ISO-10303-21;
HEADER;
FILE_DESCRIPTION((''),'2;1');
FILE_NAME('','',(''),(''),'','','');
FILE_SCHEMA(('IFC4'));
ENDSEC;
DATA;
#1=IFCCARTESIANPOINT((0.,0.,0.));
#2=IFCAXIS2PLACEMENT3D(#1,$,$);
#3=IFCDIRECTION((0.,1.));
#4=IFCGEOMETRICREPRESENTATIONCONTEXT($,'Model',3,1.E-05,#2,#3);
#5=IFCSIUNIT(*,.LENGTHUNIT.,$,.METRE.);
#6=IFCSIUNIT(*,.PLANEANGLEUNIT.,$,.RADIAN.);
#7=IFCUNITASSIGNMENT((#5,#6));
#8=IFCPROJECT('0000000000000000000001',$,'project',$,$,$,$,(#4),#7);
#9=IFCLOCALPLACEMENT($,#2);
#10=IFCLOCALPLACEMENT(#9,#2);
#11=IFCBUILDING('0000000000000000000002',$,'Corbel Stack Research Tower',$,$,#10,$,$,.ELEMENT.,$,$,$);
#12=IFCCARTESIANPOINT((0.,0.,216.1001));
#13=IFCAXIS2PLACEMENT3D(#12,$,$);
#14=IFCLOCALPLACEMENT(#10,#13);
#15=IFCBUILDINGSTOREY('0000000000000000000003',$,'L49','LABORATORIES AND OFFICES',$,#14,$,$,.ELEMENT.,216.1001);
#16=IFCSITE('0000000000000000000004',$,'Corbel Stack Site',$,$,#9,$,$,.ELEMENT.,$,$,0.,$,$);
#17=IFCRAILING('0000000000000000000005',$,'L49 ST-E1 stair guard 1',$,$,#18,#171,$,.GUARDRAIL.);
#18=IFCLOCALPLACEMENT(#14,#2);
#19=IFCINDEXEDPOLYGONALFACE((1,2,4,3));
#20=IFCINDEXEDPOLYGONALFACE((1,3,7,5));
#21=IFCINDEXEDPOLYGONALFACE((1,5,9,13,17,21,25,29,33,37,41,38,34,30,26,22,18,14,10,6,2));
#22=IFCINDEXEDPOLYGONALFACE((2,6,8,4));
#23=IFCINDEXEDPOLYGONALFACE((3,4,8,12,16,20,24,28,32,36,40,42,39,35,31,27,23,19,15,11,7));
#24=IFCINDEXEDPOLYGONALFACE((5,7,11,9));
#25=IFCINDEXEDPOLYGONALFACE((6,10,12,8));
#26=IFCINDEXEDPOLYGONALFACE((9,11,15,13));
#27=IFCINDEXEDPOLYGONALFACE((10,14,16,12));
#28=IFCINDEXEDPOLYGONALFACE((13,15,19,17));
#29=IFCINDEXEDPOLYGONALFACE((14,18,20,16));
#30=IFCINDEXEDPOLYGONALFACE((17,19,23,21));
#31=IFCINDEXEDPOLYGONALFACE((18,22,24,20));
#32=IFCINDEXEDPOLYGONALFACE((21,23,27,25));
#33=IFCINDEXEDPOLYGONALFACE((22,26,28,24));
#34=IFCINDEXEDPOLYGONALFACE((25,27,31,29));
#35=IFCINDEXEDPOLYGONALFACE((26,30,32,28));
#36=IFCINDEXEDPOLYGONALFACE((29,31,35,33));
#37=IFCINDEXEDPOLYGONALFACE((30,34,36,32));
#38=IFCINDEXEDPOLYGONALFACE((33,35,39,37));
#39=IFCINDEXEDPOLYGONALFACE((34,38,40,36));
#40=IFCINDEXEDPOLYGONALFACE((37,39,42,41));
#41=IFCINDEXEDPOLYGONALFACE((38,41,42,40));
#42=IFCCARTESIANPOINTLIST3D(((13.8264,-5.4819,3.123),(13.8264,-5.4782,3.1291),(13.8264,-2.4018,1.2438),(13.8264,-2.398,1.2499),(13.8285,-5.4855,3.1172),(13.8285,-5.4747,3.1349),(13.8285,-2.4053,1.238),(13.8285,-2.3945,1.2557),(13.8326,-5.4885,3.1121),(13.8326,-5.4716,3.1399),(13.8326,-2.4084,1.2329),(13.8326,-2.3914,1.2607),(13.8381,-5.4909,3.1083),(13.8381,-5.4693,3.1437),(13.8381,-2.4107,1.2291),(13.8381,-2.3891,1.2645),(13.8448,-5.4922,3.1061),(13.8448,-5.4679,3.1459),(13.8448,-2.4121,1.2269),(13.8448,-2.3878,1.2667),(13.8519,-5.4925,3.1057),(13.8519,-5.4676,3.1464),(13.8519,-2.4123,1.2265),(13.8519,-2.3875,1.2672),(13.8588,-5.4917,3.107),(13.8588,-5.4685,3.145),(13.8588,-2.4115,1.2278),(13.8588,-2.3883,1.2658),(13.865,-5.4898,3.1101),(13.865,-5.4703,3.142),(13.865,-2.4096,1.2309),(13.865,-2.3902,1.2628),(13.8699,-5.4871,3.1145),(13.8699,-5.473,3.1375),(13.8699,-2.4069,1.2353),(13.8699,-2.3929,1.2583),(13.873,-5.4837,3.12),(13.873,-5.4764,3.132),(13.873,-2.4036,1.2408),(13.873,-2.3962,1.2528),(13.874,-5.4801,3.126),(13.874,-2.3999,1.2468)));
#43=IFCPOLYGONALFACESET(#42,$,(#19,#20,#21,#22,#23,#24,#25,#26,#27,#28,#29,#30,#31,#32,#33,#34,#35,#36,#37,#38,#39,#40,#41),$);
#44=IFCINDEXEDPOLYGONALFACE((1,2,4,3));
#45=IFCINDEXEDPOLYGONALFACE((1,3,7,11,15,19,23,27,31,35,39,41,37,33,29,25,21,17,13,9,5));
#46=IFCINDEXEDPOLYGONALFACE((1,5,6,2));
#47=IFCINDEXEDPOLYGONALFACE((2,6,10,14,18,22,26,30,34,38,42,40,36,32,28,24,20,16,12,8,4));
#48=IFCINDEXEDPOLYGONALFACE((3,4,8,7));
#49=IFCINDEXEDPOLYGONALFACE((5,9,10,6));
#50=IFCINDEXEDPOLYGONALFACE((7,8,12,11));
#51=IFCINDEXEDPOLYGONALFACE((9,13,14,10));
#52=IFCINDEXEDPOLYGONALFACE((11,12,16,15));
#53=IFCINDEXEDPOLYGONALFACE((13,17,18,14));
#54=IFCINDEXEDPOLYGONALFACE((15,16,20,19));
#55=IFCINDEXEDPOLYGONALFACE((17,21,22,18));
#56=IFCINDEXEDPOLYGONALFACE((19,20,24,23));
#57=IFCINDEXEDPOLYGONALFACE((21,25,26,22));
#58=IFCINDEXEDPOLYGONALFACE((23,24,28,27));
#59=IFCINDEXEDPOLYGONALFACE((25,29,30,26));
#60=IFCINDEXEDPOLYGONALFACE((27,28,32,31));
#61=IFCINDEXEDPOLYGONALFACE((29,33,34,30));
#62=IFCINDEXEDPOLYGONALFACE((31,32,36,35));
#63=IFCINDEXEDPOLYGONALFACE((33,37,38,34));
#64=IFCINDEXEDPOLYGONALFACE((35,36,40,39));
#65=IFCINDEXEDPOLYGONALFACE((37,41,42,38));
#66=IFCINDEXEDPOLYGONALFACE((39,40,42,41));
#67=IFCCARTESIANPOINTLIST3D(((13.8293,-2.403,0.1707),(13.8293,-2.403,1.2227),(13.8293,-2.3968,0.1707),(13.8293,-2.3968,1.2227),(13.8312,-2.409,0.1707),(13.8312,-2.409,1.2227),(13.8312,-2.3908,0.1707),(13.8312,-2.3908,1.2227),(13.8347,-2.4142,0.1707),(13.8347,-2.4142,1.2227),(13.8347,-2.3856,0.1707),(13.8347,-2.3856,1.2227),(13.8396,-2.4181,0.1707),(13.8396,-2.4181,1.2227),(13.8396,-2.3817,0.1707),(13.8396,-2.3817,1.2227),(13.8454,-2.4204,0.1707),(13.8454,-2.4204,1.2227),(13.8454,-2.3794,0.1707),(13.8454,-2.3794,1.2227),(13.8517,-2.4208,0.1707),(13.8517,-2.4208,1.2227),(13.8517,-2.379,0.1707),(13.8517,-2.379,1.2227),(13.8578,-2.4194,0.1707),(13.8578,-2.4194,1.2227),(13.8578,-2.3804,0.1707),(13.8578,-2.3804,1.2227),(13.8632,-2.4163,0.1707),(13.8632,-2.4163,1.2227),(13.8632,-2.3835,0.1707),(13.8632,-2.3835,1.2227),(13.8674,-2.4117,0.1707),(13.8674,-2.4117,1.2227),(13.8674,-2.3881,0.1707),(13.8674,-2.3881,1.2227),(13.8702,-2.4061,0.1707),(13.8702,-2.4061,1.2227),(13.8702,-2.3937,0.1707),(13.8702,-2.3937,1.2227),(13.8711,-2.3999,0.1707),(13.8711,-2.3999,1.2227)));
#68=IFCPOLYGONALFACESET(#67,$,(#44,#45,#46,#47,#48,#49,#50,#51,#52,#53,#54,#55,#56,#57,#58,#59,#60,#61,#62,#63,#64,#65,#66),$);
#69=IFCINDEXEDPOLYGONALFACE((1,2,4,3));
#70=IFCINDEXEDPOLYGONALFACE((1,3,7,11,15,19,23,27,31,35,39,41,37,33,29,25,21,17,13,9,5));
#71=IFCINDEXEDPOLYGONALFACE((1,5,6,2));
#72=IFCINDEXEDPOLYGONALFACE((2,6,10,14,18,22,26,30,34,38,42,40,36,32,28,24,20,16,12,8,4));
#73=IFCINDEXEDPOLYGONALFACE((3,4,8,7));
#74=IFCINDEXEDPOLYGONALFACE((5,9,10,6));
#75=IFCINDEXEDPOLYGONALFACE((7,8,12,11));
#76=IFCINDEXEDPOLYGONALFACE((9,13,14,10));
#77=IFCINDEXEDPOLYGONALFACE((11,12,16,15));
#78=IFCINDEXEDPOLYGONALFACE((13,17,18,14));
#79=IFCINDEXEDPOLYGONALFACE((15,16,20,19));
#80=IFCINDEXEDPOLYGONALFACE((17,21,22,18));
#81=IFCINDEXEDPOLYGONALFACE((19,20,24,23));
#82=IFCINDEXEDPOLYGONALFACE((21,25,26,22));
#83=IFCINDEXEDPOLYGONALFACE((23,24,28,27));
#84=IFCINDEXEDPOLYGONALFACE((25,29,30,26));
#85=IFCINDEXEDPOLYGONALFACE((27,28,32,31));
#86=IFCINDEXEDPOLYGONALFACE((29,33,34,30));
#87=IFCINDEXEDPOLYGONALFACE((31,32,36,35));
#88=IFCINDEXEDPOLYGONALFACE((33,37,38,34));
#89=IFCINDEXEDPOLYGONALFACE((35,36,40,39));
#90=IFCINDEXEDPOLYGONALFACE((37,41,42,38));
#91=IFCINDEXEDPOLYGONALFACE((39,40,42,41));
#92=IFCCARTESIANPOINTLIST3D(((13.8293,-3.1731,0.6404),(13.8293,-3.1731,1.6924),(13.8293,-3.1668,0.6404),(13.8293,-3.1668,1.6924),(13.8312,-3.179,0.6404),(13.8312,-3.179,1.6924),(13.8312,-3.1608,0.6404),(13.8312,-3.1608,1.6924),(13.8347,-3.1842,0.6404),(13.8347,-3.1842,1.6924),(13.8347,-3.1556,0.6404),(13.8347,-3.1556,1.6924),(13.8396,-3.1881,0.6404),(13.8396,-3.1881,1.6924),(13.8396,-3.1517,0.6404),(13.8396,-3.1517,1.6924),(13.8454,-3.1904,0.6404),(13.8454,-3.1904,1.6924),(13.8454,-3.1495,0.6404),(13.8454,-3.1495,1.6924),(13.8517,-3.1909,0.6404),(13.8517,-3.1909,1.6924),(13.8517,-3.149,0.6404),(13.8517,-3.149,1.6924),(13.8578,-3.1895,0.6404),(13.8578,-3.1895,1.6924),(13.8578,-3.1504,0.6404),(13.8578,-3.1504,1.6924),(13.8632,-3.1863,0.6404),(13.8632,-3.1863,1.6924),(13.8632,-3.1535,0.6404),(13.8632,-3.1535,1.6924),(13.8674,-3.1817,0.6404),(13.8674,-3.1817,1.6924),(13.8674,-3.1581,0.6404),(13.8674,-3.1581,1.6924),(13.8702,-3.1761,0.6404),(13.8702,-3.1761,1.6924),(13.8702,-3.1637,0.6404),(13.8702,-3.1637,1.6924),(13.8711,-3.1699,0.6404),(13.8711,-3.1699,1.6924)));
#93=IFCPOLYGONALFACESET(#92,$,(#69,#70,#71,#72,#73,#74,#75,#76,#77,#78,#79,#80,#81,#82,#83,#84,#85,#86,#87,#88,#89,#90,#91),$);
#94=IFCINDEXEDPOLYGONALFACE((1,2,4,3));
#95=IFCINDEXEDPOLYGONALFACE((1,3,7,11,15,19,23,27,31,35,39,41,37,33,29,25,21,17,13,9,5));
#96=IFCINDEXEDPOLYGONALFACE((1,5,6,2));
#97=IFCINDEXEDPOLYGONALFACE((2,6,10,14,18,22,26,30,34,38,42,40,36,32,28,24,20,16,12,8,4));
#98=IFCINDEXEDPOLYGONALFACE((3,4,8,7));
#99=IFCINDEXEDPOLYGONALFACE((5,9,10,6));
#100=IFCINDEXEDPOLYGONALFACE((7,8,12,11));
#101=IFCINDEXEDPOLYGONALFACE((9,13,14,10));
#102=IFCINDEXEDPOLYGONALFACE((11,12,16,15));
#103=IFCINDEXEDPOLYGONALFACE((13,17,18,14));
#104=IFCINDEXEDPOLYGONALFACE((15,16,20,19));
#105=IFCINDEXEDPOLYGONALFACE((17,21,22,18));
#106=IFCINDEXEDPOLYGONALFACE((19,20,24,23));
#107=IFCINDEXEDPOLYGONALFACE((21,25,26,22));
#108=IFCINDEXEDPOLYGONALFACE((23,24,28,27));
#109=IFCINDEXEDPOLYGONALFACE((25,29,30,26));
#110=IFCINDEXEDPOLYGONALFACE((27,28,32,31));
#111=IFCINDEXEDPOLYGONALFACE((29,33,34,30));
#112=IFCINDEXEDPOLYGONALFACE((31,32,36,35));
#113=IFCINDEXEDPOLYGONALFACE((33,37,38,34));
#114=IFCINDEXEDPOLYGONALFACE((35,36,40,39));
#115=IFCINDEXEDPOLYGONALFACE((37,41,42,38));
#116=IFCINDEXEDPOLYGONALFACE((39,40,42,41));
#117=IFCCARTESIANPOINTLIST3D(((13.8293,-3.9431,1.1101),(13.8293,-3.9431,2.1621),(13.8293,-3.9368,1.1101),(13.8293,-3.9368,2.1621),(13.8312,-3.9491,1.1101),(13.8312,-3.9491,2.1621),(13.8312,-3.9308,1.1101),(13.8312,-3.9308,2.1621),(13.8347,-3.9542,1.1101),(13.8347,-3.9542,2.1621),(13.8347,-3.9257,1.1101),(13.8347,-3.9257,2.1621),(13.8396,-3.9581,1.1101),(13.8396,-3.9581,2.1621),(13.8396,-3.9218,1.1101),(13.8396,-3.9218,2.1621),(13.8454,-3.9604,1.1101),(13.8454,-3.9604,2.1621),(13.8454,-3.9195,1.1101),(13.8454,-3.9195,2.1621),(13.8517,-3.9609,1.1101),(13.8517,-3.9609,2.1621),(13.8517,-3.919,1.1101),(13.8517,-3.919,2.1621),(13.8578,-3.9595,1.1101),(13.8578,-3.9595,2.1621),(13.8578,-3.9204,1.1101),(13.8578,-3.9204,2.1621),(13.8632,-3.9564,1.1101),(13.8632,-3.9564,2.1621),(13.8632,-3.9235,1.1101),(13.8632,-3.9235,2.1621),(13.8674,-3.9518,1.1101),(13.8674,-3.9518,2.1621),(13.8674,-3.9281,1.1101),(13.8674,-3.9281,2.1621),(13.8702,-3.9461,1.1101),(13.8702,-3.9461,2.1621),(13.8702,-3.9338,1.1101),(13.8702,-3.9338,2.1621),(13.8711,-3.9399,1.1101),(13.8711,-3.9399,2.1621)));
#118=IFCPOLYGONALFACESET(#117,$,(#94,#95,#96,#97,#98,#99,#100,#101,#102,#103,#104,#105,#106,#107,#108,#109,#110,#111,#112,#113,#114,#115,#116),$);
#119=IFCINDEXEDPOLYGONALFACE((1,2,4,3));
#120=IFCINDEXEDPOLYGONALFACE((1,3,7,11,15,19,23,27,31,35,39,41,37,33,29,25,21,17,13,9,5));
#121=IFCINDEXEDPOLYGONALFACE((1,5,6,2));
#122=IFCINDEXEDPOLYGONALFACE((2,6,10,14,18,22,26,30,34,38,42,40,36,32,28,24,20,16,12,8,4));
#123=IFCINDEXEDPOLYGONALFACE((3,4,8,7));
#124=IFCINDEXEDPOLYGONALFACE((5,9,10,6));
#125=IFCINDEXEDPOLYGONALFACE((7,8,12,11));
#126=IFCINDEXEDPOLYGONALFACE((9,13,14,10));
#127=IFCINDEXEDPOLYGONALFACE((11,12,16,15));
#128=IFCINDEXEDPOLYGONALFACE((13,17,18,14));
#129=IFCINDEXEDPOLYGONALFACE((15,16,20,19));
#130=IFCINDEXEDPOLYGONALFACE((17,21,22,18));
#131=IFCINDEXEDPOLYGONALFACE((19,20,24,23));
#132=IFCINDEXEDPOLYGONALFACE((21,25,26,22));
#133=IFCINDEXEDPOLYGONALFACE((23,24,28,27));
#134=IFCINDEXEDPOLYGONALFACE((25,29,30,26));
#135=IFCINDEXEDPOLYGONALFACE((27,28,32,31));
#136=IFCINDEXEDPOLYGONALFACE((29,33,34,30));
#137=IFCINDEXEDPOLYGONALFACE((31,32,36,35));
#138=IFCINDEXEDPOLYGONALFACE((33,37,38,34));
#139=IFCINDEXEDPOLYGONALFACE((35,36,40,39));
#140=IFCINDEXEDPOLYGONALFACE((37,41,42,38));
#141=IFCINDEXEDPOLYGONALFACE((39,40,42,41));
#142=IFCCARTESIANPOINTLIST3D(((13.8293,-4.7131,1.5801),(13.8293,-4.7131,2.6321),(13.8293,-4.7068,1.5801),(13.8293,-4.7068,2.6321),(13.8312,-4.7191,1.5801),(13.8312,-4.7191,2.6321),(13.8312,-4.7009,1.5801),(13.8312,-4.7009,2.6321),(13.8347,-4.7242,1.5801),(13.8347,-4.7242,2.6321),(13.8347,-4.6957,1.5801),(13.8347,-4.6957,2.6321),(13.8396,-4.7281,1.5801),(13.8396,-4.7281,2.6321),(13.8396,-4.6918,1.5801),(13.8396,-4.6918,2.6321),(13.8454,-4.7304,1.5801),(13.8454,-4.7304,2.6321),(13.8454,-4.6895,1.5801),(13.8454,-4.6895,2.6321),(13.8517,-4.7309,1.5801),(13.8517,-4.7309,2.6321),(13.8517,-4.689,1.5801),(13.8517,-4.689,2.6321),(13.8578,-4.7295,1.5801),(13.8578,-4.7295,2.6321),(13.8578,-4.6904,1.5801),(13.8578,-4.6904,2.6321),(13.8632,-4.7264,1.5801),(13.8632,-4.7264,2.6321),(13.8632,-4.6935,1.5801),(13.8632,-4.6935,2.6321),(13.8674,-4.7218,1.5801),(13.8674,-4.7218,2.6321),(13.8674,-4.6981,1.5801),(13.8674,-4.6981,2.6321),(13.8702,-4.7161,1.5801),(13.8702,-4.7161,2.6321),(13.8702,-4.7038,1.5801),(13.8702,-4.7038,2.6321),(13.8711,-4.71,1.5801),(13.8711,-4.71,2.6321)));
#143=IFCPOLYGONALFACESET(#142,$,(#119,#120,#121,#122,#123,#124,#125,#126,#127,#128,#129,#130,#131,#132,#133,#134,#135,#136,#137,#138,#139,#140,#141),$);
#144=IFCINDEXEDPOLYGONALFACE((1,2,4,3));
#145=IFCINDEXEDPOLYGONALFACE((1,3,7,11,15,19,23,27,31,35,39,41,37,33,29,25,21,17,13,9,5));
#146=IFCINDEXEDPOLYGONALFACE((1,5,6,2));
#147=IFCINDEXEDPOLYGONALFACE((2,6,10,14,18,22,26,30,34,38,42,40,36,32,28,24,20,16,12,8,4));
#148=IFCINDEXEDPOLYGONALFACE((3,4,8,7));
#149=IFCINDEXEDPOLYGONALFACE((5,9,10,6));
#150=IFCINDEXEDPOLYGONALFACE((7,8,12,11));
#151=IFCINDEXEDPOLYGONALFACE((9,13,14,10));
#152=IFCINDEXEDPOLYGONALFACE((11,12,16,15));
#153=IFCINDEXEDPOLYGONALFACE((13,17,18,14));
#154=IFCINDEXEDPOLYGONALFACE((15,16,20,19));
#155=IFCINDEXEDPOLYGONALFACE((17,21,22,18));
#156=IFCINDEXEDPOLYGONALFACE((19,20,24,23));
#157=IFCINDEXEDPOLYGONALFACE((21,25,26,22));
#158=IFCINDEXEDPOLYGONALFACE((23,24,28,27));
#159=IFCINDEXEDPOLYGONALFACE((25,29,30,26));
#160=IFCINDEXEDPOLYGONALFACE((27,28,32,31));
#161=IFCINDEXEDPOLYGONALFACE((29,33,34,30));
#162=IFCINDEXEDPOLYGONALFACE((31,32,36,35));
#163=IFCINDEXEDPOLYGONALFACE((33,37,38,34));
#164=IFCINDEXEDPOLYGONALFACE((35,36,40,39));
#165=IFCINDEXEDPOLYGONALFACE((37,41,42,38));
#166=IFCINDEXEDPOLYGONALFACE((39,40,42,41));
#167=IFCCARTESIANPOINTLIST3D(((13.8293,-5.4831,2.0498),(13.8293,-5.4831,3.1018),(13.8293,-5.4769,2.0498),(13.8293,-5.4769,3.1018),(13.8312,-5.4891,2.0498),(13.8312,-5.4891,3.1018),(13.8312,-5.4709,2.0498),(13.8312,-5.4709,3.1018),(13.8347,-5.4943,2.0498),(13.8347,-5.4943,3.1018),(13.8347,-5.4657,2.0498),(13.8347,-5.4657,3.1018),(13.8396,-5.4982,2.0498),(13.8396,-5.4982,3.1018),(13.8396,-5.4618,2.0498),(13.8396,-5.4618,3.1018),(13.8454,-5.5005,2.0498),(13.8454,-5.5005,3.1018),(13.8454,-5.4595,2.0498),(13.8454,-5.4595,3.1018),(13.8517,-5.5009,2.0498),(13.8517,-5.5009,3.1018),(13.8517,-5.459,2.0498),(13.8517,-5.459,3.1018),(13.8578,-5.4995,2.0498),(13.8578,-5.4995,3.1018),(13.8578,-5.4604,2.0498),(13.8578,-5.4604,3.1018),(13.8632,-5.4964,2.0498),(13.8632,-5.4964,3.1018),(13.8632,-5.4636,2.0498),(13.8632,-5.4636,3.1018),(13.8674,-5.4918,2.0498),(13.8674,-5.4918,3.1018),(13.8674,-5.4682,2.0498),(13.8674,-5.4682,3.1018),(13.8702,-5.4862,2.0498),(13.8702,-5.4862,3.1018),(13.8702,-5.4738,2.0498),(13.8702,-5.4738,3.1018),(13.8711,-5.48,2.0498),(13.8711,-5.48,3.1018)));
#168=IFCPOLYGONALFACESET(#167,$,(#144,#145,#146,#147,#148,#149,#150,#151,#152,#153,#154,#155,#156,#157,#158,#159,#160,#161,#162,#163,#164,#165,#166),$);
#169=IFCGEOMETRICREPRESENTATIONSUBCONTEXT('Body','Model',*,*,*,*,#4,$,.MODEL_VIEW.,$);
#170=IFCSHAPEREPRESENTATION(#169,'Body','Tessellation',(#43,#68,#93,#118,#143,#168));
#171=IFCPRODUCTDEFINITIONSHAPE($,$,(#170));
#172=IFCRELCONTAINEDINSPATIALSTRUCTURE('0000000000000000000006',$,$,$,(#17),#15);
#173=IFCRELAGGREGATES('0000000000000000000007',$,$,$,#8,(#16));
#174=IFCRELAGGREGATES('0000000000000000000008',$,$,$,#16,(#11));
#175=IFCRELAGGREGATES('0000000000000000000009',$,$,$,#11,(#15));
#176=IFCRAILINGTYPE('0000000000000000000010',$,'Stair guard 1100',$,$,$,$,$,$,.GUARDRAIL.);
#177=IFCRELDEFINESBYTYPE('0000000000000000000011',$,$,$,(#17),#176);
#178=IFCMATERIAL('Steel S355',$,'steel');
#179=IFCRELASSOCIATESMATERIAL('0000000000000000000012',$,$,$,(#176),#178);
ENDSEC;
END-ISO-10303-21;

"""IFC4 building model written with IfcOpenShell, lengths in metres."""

from ifc_helpers import new_model, si_unit, direction, frame, origin, origin_2d, place, context, subcontext, project, spatial, circle, extrude, material, type_object, element, save


model = new_model("IFC4")

# Units and contexts
model_context = context("Model", 3, precision=1e-05, world=origin(), true_north=direction((0.0, 1.0)))
body_context = subcontext(model_context, "Body", "Model", "MODEL_VIEW")
ifc_project = project(units=[si_unit("LENGTHUNIT", "METRE"), si_unit("PLANEANGLEUNIT", "RADIAN")], contexts=[model_context])

# Site, building, storey
site_placement = place(None, origin())
site = spatial("IfcSite", under=ifc_project, at=site_placement, Name="Corbel Stack Site", CompositionType="ELEMENT", RefElevation=0.0)
building_placement = place(site_placement, origin())
building = spatial("IfcBuilding", under=site, at=building_placement, Name="Corbel Stack Research Tower", CompositionType="ELEMENT")
storey_placement = place(building_placement, frame((0.0, 0.0, 216.1001)))
storey = spatial("IfcBuildingStorey", under=building, at=storey_placement, Name="L49", Description="LABORATORIES AND OFFICES", CompositionType="ELEMENT", Elevation=216.1001)

# Railing
ifc_material_1 = material(Name="Steel S355", Category="steel")
railing_type_1 = type_object("IfcRailingType", Name="Stair guard 1100", PredefinedType="GUARDRAIL", material=ifc_material_1)
railing_1_placement = place(storey_placement, frame((13.8501, -2.3999, 0.1707)))
element("IfcRailing", 1, at=railing_1_placement, inside=storey, type_object=railing_type_1, Name="L49 ST-E1 stair guard 1", PredefinedType="GUARDRAIL", context=body_context, shape_type="SweptSolid", body=[
    extrude(circle(Radius=0.0239, at=origin_2d()), frame((0.0, 0.0, 1.0762), z_axis=(0.0, -0.853666, 0.52082), x_axis=(1.0, 0.0, 0.0)), (0.0, 0.0, 1.0), 3.6082),
    extrude(circle(Radius=0.021, at=origin_2d()), origin(), (0.0, 0.0, 1.0), 1.052),
    extrude(circle(Radius=0.021, at=origin_2d()), frame((0.0, -0.77, 0.4697)), (0.0, 0.0, 1.0), 1.052),
    extrude(circle(Radius=0.021, at=origin_2d()), frame((0.0, -1.54, 0.9395)), (0.0, 0.0, 1.0), 1.052),
    extrude(circle(Radius=0.021, at=origin_2d()), frame((0.0, -2.3101, 1.4094)), (0.0, 0.0, 1.0), 1.052),
    extrude(circle(Radius=0.021, at=origin_2d()), frame((0.0, -3.0801, 1.8792)), (0.0, 0.0, 1.0), 1.052),
])

save(model, "model.ifc")
